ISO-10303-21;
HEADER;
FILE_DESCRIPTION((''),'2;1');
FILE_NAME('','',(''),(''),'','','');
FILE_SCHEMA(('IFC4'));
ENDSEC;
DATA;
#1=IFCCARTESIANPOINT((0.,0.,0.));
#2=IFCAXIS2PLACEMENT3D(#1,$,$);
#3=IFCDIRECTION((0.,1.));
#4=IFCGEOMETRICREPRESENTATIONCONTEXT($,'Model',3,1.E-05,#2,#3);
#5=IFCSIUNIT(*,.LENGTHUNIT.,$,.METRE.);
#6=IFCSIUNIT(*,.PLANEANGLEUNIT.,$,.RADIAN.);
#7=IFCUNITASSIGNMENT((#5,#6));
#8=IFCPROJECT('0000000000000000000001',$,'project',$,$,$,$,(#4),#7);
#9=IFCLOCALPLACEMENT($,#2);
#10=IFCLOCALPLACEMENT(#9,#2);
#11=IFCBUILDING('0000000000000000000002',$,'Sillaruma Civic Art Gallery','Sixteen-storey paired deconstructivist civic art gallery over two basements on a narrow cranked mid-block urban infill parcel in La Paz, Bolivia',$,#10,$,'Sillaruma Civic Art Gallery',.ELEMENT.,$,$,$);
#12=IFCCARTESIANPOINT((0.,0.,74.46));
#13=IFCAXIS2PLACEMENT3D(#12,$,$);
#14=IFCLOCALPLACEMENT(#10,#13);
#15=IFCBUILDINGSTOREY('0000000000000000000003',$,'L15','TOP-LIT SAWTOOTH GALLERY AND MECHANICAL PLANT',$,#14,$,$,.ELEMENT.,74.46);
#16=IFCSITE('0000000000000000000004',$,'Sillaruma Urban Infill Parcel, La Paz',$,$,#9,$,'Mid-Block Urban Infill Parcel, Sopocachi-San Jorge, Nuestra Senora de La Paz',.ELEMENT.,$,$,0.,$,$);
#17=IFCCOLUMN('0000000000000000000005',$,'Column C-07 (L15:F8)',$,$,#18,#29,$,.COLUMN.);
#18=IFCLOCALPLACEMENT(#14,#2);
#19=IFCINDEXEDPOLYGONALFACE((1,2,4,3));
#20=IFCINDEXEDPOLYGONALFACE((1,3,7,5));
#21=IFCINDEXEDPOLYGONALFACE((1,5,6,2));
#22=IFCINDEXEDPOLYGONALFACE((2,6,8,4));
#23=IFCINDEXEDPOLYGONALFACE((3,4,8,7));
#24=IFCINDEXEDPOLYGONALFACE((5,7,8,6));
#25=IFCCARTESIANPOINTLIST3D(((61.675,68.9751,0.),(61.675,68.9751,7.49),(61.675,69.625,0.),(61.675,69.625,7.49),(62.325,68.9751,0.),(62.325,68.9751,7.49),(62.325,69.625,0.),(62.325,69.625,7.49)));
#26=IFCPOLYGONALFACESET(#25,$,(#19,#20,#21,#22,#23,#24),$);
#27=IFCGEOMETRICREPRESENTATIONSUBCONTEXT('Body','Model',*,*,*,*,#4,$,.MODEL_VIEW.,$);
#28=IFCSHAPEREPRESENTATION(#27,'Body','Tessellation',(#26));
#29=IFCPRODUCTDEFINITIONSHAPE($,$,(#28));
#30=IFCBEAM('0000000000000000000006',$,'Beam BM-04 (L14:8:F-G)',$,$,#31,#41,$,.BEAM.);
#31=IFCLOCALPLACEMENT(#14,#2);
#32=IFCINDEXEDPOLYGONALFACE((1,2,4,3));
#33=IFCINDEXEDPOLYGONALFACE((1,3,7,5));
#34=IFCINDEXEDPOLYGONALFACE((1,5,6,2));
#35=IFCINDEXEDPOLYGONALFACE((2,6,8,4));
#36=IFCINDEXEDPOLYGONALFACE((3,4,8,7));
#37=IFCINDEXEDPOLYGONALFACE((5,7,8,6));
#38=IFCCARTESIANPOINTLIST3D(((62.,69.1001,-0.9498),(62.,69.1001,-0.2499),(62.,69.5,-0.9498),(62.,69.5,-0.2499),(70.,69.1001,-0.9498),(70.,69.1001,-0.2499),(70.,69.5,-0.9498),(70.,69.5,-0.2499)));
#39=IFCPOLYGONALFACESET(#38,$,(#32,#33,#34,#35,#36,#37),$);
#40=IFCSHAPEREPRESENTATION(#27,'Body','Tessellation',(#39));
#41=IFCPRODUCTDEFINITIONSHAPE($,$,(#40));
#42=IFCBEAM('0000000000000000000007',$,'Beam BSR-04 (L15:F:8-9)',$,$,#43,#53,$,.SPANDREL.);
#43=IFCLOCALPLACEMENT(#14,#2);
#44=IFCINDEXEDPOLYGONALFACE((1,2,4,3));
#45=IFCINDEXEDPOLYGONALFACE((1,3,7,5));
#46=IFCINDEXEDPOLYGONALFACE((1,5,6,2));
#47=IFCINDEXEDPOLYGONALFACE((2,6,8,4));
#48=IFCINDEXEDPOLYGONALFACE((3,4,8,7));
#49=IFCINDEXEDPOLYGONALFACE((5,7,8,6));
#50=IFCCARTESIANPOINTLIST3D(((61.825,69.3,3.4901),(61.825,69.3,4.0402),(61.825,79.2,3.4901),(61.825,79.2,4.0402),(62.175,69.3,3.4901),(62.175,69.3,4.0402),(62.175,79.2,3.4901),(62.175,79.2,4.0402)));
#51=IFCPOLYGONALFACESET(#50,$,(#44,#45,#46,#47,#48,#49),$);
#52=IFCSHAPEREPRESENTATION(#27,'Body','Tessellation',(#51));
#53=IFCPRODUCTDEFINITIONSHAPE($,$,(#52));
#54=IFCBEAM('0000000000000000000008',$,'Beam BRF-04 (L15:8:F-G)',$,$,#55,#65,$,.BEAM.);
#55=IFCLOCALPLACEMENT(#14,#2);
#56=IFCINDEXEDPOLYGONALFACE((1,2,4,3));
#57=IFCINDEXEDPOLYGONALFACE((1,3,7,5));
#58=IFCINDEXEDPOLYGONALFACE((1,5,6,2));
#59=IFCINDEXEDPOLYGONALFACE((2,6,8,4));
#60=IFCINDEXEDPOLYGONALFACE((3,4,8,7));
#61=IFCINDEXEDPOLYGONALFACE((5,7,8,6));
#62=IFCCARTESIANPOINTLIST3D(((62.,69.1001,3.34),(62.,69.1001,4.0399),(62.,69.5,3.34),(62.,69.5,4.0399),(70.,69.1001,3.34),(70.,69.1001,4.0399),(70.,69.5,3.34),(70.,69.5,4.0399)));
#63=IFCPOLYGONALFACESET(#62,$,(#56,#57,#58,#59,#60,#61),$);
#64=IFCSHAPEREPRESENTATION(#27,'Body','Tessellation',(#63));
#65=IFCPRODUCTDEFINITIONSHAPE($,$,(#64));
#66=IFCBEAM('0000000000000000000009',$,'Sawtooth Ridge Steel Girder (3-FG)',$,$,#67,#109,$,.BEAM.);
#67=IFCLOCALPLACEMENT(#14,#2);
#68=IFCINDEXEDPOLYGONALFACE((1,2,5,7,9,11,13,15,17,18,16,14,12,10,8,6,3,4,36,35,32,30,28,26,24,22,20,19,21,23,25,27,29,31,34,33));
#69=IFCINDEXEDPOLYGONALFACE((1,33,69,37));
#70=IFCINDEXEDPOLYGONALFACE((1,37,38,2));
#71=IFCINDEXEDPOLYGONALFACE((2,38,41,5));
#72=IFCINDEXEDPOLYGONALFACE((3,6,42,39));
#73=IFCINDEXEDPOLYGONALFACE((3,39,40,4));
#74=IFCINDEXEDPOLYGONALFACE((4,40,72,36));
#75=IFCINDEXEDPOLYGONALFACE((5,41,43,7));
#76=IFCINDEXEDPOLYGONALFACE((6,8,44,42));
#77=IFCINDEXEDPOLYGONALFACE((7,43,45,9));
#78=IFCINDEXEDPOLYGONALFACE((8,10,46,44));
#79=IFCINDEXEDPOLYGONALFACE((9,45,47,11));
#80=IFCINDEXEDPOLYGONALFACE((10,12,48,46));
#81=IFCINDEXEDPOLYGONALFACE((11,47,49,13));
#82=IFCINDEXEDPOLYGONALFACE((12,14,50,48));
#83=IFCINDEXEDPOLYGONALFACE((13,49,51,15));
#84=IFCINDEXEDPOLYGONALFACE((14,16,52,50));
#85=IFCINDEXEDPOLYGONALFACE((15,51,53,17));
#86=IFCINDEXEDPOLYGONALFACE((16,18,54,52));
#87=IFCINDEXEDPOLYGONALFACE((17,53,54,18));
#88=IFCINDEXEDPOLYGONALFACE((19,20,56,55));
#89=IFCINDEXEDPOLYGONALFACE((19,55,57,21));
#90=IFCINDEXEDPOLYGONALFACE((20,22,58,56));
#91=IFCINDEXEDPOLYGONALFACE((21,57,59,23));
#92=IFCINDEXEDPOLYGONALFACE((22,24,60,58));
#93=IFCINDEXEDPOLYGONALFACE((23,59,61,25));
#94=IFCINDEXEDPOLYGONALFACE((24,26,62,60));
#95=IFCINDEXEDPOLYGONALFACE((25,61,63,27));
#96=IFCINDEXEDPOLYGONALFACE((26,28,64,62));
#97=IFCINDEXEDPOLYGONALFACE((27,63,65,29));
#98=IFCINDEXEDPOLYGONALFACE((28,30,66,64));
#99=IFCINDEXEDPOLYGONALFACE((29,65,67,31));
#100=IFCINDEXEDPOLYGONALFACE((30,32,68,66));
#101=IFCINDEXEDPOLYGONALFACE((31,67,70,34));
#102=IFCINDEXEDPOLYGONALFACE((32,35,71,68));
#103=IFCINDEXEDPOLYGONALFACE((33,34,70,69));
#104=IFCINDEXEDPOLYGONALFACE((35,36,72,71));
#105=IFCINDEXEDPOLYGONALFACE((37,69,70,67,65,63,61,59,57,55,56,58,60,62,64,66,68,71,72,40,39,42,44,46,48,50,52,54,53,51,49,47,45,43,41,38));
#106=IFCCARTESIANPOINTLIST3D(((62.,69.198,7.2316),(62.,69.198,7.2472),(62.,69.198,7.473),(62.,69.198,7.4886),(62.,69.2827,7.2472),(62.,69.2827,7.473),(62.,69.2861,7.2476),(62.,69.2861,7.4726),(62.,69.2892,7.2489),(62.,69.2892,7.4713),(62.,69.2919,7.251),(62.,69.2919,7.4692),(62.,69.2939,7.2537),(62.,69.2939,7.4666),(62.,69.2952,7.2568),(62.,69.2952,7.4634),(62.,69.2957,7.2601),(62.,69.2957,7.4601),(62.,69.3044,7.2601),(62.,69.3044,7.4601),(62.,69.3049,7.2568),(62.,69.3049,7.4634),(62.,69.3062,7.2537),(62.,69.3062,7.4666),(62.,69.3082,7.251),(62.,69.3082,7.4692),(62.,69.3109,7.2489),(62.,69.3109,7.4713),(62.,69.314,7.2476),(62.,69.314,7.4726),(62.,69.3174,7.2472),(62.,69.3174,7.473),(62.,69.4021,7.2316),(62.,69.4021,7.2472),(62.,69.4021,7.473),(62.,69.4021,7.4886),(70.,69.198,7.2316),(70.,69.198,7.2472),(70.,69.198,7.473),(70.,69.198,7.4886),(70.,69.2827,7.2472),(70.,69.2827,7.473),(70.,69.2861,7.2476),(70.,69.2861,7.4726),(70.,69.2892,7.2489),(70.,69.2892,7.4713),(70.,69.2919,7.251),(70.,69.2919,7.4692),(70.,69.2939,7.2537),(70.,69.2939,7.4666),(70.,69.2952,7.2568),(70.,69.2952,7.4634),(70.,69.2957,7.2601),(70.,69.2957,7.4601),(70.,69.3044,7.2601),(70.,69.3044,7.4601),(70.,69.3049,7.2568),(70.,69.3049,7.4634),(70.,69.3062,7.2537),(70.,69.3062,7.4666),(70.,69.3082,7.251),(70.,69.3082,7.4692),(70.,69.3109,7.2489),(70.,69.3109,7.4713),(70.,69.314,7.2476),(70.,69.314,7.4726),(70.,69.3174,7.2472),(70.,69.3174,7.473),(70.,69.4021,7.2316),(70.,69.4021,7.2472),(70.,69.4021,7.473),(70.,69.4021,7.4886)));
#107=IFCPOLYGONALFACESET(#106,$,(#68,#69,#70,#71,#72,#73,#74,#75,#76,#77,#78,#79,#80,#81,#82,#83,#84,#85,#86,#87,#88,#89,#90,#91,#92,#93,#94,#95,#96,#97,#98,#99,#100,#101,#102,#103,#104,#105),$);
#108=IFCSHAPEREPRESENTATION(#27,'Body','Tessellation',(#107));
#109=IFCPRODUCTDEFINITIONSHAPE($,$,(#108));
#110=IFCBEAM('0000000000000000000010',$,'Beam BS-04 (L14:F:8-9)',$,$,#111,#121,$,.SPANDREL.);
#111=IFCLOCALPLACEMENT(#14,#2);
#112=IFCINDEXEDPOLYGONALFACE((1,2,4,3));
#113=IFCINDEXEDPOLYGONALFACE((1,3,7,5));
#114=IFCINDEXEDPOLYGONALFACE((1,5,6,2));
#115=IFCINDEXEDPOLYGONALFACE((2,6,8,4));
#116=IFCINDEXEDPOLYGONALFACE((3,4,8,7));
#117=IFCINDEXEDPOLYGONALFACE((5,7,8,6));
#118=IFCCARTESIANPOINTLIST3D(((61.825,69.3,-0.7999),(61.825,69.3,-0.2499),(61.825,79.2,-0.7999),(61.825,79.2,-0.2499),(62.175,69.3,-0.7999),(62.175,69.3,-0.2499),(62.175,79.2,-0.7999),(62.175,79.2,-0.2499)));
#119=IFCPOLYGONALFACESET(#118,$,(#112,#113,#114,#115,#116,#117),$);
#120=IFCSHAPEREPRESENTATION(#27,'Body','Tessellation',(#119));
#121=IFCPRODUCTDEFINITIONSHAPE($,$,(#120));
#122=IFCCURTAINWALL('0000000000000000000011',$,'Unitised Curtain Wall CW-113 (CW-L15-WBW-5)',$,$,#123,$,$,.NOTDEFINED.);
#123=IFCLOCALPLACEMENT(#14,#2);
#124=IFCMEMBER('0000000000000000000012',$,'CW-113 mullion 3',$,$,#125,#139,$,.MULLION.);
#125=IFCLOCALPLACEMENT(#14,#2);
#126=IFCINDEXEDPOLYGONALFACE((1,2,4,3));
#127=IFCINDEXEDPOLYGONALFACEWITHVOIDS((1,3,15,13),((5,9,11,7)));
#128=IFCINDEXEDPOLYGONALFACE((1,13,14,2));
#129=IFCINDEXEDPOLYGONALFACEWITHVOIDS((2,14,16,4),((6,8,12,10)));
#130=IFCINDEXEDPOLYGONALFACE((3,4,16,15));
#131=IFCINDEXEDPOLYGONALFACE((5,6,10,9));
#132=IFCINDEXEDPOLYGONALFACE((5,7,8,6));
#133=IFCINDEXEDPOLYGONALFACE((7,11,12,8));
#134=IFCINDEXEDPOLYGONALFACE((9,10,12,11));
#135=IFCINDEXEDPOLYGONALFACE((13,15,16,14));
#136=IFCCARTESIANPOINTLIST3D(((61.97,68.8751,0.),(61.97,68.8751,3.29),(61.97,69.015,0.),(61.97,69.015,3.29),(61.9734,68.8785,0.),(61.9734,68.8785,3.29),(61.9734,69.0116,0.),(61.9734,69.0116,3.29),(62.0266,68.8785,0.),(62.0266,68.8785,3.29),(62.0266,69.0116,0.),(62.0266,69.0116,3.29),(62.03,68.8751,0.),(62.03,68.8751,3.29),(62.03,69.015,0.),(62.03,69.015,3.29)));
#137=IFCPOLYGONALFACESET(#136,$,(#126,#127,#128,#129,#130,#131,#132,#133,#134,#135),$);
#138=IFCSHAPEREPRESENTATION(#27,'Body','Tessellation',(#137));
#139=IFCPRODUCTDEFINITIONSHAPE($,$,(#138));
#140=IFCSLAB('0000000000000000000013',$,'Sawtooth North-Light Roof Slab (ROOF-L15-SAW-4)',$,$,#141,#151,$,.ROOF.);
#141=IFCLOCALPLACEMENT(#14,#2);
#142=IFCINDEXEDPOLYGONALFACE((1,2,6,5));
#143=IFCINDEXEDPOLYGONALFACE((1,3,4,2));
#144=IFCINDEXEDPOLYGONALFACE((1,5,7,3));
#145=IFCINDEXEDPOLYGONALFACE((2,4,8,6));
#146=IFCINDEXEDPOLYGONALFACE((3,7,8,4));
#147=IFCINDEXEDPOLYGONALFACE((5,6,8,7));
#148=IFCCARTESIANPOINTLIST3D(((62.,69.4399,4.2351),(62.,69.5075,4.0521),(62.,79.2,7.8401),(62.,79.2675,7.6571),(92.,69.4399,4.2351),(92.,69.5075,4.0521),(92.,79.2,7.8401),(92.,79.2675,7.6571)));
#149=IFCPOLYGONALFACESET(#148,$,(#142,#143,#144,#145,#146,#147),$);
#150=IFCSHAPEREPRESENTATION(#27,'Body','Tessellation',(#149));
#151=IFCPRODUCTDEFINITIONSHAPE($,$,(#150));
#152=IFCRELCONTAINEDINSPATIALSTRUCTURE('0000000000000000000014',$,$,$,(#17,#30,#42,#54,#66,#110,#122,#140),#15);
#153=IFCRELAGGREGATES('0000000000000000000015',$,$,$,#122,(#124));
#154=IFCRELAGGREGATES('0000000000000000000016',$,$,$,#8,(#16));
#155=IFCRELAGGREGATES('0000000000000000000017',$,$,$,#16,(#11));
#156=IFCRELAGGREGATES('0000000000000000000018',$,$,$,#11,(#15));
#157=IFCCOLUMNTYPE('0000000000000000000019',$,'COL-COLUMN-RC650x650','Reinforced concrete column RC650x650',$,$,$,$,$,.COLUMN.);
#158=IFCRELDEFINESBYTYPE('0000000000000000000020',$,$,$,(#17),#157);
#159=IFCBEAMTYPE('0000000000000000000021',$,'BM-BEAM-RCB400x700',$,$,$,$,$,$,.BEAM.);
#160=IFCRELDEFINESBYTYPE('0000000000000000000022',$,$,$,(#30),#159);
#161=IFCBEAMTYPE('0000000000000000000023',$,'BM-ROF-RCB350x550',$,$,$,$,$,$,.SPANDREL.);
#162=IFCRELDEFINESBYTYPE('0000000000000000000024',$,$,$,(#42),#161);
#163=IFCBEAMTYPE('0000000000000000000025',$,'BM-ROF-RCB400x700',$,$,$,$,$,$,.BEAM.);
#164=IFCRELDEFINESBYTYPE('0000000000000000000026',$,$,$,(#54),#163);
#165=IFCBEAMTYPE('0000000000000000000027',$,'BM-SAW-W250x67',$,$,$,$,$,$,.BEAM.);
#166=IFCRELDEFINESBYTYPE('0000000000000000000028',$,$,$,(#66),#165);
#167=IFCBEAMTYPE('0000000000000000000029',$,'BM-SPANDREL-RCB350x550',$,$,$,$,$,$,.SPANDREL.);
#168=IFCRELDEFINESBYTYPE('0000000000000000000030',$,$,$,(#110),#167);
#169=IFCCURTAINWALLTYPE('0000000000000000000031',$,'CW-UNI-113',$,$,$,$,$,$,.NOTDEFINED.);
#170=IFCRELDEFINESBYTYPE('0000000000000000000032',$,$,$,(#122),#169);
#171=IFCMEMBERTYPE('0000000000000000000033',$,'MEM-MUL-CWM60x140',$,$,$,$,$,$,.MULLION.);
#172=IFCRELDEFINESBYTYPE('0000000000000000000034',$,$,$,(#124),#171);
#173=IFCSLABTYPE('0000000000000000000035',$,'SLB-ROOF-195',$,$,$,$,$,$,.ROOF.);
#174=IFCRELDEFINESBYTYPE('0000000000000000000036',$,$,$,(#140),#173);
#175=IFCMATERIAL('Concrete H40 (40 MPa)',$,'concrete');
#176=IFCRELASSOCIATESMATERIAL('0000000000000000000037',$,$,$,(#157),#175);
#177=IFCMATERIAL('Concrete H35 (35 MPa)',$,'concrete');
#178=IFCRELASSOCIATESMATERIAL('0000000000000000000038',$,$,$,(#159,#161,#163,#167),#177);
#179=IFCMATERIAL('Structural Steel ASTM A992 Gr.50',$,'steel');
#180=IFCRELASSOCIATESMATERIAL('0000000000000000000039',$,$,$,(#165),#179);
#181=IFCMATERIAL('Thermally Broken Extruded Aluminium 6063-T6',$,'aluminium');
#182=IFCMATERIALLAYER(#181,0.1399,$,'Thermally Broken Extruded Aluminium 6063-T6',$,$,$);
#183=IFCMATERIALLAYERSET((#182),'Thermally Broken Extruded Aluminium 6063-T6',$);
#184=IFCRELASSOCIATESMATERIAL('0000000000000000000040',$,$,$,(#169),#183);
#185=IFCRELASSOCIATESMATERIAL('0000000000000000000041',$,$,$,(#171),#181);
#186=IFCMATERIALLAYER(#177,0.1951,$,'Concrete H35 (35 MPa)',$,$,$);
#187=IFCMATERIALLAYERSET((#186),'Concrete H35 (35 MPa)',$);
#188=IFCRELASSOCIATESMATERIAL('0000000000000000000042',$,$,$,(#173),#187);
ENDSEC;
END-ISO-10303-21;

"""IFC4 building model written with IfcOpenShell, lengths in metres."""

from ifc_helpers import new_model, si_unit, direction, frame, origin, origin_2d, place, context, subcontext, project, spatial, polyline, rectangle, hollow_rectangle, i_section, outline, extrude, material, layer, layer_set, material_profile, profile_set, type_object, element, aggregate, save


model = new_model("IFC4")

# Units and contexts
model_context = context("Model", 3, precision=1e-05, world=origin(), true_north=direction((0.0, 1.0)))
body_context = subcontext(model_context, "Body", "Model", "MODEL_VIEW")
ifc_project = project(units=[si_unit("LENGTHUNIT", "METRE"), si_unit("PLANEANGLEUNIT", "RADIAN")], contexts=[model_context])

# Site, building, storey
site_placement = place(None, origin())
site = spatial("IfcSite", under=ifc_project, at=site_placement, Name="Sillaruma Urban Infill Parcel, La Paz", LongName="Mid-Block Urban Infill Parcel, Sopocachi-San Jorge, Nuestra Senora de La Paz", CompositionType="ELEMENT", RefElevation=0.0)
building_placement = place(site_placement, origin())
building = spatial("IfcBuilding", under=site, at=building_placement, Name="Sillaruma Civic Art Gallery", Description="Sixteen-storey paired deconstructivist civic art gallery over two basements on a narrow cranked mid-block urban infill parcel in La Paz, Bolivia", LongName="Sillaruma Civic Art Gallery", CompositionType="ELEMENT")
storey_placement = place(building_placement, frame((0.0, 0.0, 74.46)))
storey = spatial("IfcBuildingStorey", under=building, at=storey_placement, Name="L15", Description="TOP-LIT SAWTOOTH GALLERY AND MECHANICAL PLANT", CompositionType="ELEMENT", Elevation=74.46)

# Column
ifc_material_1 = material(Name="Concrete H40 (40 MPa)", Category="concrete")
ifc_material_profile_1 = material_profile(ifc_material_1, rectangle(XDim=0.6499, YDim=0.6499, at=origin_2d()), Name="RC650x650")
ifc_profile_set_1 = profile_set([ifc_material_profile_1], Name="Concrete H40 (40 MPa)")
column_type = type_object("IfcColumnType", Name="COL-COLUMN-RC650x650", Description="Reinforced concrete column RC650x650", PredefinedType="COLUMN", material=ifc_profile_set_1)
column_placement = place(storey_placement, frame((62.0, 69.3, 0.0), z_axis=(0.0, 0.0, 1.0), x_axis=(1.0, 0.0, 0.0)))
element("IfcColumn", 1, at=column_placement, inside=storey, type_object=column_type, Name="Column C-07 (L15:F8)", PredefinedType="COLUMN", context=body_context, shape_type="SweptSolid", body=[
    extrude(rectangle(XDim=0.6499, YDim=0.6499, at=origin_2d()), origin(), (0.0, 0.0, 1.0), 7.49),
])

# Beams
ifc_material_2 = material(Name="Concrete H35 (35 MPa)", Category="concrete")
ifc_material_profile_2 = material_profile(ifc_material_2, rectangle(XDim=0.3999, YDim=0.7, at=origin_2d()), Name="RCB400x700")
ifc_profile_set_2 = profile_set([ifc_material_profile_2], Name="Concrete H35 (35 MPa)")
beam_type_1 = type_object("IfcBeamType", Name="BM-BEAM-RCB400x700", PredefinedType="BEAM", material=ifc_profile_set_2)
beam_1_placement = place(storey_placement, frame((62.0, 69.3, -0.5999), z_axis=(1.0, 0.0, 0.0), x_axis=(0.0, 1.0, 0.0)))
element("IfcBeam", 2, at=beam_1_placement, inside=storey, type_object=beam_type_1, Name="Beam BM-04 (L14:8:F-G)", PredefinedType="BEAM", context=body_context, shape_type="SweptSolid", body=[
    extrude(rectangle(XDim=0.3999, YDim=0.7, at=origin_2d()), origin(), (0.0, 0.0, 1.0), 8.0),
])
ifc_material_profile_3 = material_profile(ifc_material_2, rectangle(XDim=0.3501, YDim=0.55, at=origin_2d()), Name="RCB350x550")
ifc_profile_set_3 = profile_set([ifc_material_profile_3], Name="Concrete H35 (35 MPa)")
beam_type_2 = type_object("IfcBeamType", Name="BM-ROF-RCB350x550", PredefinedType="SPANDREL", material=ifc_profile_set_3)
beam_2_placement = place(storey_placement, frame((62.0, 69.3, 3.7651), z_axis=(0.0, 1.0, 0.0), x_axis=(-1.0, 0.0, 0.0)))
element("IfcBeam", 3, at=beam_2_placement, inside=storey, type_object=beam_type_2, Name="Beam BSR-04 (L15:F:8-9)", PredefinedType="SPANDREL", context=body_context, shape_type="SweptSolid", body=[
    extrude(rectangle(XDim=0.3501, YDim=0.55, at=origin_2d()), origin(), (0.0, 0.0, 1.0), 9.8999),
])
ifc_material_profile_4 = material_profile(ifc_material_2, rectangle(XDim=0.3999, YDim=0.7, at=origin_2d()), Name="RCB400x700")
ifc_profile_set_4 = profile_set([ifc_material_profile_4], Name="Concrete H35 (35 MPa)")
beam_type_3 = type_object("IfcBeamType", Name="BM-ROF-RCB400x700", PredefinedType="BEAM", material=ifc_profile_set_4)
beam_3_placement = place(storey_placement, frame((62.0, 69.3, 3.6899), z_axis=(1.0, 0.0, 0.0), x_axis=(0.0, 1.0, 0.0)))
element("IfcBeam", 4, at=beam_3_placement, inside=storey, type_object=beam_type_3, Name="Beam BRF-04 (L15:8:F-G)", PredefinedType="BEAM", context=body_context, shape_type="SweptSolid", body=[
    extrude(rectangle(XDim=0.3999, YDim=0.7, at=origin_2d()), origin(), (0.0, 0.0, 1.0), 8.0),
])
ifc_material_3 = material(Name="Structural Steel ASTM A992 Gr.50", Category="steel")
ifc_material_profile_5 = material_profile(ifc_material_3, i_section(OverallWidth=0.2041, OverallDepth=0.2571, WebThickness=0.0088, FlangeThickness=0.0156, FilletRadius=0.0129, at=origin_2d()), Name="W250x67")
ifc_profile_set_5 = profile_set([ifc_material_profile_5], Name="Structural Steel ASTM A992 Gr.50")
beam_type_4 = type_object("IfcBeamType", Name="BM-SAW-W250x67", PredefinedType="BEAM", material=ifc_profile_set_5)
beam_4_placement = place(storey_placement, frame((62.0, 69.3, 7.3601), z_axis=(1.0, 0.0, 0.0), x_axis=(0.0, 1.0, 0.0)))
element("IfcBeam", 5, at=beam_4_placement, inside=storey, type_object=beam_type_4, Name="Sawtooth Ridge Steel Girder (3-FG)", PredefinedType="BEAM", context=body_context, shape_type="SweptSolid", body=[
    extrude(i_section(OverallWidth=0.2041, OverallDepth=0.2571, WebThickness=0.0088, FlangeThickness=0.0156, FilletRadius=0.0129, at=origin_2d()), origin(), (0.0, 0.0, 1.0), 8.0),
])
ifc_material_profile_6 = material_profile(ifc_material_2, rectangle(XDim=0.3501, YDim=0.55, at=origin_2d()), Name="RCB350x550")
ifc_profile_set_6 = profile_set([ifc_material_profile_6], Name="Concrete H35 (35 MPa)")
beam_type_5 = type_object("IfcBeamType", Name="BM-SPANDREL-RCB350x550", PredefinedType="SPANDREL", material=ifc_profile_set_6)
beam_5_placement = place(storey_placement, frame((62.0, 69.3, -0.5249), z_axis=(0.0, 1.0, 0.0), x_axis=(-1.0, 0.0, 0.0)))
element("IfcBeam", 6, at=beam_5_placement, inside=storey, type_object=beam_type_5, Name="Beam BS-04 (L14:F:8-9)", PredefinedType="SPANDREL", context=body_context, shape_type="SweptSolid", body=[
    extrude(rectangle(XDim=0.3501, YDim=0.55, at=origin_2d()), origin(), (0.0, 0.0, 1.0), 9.8999),
])

# Curtain wall, member
ifc_material_4 = material(Name="Thermally Broken Extruded Aluminium 6063-T6", Category="aluminium")
ifc_layer_1 = layer(ifc_material_4, 0.1399, Name="Thermally Broken Extruded Aluminium 6063-T6")
ifc_layer_set_1 = layer_set([ifc_layer_1], Name="Thermally Broken Extruded Aluminium 6063-T6")
curtain_wall_type = type_object("IfcCurtainWallType", Name="CW-UNI-113", PredefinedType="NOTDEFINED", material=ifc_layer_set_1)
curtain_wall_placement = place(storey_placement, origin())
curtain_wall = element("IfcCurtainWall", 7, at=curtain_wall_placement, inside=storey, type_object=curtain_wall_type, Name="Unitised Curtain Wall CW-113 (CW-L15-WBW-5)", PredefinedType="NOTDEFINED")
ifc_material_profile_7 = material_profile(ifc_material_4, hollow_rectangle(XDim=0.0601, YDim=0.1399, WallThickness=0.0034, at=origin_2d()), Name="CWM60x140")
ifc_profile_set_7 = profile_set([ifc_material_profile_7], Name="Thermally Broken Extruded Aluminium 6063-T6")
member_type = type_object("IfcMemberType", Name="MEM-MUL-CWM60x140", PredefinedType="MULLION", material=ifc_profile_set_7)
member_placement = place(storey_placement, frame((62.0, 68.9451, 0.0), z_axis=(0.0, 0.0, 1.0), x_axis=(-1.0, 0.0, 0.0)))
member = element("IfcMember", 8, at=member_placement, type_object=member_type, Name="CW-113 mullion 3", PredefinedType="MULLION", context=body_context, shape_type="SweptSolid", body=[
    extrude(hollow_rectangle(XDim=0.0601, YDim=0.1399, WallThickness=0.0034, at=origin_2d()), origin(), (0.0, 0.0, 1.0), 3.29),
])
aggregate(curtain_wall, [member])

# Slab
ifc_layer_2 = layer(ifc_material_2, 0.1951, Name="Concrete H35 (35 MPa)")
ifc_layer_set_2 = layer_set([ifc_layer_2], Name="Concrete H35 (35 MPa)")
slab_type = type_object("IfcSlabType", Name="SLB-ROOF-195", PredefinedType="ROOF", material=ifc_layer_set_2)
slab_placement = place(storey_placement, frame((62.0, 69.4399, 4.2351), z_axis=(0.0, -0.346483, 0.938056), x_axis=(1.0, 0.0, 0.0)))
element("IfcSlab", 9, at=slab_placement, inside=storey, type_object=slab_type, Name="Sawtooth North-Light Roof Slab (ROOF-L15-SAW-4)", PredefinedType="ROOF", context=body_context, shape_type="SweptSolid", body=[
    extrude(outline(polyline([(0.0, 0.0), (30.0, 0.0), (30.0, 10.4045), (0.0, 10.4045), (0.0, 0.0)])), origin(), (0.0, 0.0, -1.0), 0.1951),
])

save(model, "model.ifc")
